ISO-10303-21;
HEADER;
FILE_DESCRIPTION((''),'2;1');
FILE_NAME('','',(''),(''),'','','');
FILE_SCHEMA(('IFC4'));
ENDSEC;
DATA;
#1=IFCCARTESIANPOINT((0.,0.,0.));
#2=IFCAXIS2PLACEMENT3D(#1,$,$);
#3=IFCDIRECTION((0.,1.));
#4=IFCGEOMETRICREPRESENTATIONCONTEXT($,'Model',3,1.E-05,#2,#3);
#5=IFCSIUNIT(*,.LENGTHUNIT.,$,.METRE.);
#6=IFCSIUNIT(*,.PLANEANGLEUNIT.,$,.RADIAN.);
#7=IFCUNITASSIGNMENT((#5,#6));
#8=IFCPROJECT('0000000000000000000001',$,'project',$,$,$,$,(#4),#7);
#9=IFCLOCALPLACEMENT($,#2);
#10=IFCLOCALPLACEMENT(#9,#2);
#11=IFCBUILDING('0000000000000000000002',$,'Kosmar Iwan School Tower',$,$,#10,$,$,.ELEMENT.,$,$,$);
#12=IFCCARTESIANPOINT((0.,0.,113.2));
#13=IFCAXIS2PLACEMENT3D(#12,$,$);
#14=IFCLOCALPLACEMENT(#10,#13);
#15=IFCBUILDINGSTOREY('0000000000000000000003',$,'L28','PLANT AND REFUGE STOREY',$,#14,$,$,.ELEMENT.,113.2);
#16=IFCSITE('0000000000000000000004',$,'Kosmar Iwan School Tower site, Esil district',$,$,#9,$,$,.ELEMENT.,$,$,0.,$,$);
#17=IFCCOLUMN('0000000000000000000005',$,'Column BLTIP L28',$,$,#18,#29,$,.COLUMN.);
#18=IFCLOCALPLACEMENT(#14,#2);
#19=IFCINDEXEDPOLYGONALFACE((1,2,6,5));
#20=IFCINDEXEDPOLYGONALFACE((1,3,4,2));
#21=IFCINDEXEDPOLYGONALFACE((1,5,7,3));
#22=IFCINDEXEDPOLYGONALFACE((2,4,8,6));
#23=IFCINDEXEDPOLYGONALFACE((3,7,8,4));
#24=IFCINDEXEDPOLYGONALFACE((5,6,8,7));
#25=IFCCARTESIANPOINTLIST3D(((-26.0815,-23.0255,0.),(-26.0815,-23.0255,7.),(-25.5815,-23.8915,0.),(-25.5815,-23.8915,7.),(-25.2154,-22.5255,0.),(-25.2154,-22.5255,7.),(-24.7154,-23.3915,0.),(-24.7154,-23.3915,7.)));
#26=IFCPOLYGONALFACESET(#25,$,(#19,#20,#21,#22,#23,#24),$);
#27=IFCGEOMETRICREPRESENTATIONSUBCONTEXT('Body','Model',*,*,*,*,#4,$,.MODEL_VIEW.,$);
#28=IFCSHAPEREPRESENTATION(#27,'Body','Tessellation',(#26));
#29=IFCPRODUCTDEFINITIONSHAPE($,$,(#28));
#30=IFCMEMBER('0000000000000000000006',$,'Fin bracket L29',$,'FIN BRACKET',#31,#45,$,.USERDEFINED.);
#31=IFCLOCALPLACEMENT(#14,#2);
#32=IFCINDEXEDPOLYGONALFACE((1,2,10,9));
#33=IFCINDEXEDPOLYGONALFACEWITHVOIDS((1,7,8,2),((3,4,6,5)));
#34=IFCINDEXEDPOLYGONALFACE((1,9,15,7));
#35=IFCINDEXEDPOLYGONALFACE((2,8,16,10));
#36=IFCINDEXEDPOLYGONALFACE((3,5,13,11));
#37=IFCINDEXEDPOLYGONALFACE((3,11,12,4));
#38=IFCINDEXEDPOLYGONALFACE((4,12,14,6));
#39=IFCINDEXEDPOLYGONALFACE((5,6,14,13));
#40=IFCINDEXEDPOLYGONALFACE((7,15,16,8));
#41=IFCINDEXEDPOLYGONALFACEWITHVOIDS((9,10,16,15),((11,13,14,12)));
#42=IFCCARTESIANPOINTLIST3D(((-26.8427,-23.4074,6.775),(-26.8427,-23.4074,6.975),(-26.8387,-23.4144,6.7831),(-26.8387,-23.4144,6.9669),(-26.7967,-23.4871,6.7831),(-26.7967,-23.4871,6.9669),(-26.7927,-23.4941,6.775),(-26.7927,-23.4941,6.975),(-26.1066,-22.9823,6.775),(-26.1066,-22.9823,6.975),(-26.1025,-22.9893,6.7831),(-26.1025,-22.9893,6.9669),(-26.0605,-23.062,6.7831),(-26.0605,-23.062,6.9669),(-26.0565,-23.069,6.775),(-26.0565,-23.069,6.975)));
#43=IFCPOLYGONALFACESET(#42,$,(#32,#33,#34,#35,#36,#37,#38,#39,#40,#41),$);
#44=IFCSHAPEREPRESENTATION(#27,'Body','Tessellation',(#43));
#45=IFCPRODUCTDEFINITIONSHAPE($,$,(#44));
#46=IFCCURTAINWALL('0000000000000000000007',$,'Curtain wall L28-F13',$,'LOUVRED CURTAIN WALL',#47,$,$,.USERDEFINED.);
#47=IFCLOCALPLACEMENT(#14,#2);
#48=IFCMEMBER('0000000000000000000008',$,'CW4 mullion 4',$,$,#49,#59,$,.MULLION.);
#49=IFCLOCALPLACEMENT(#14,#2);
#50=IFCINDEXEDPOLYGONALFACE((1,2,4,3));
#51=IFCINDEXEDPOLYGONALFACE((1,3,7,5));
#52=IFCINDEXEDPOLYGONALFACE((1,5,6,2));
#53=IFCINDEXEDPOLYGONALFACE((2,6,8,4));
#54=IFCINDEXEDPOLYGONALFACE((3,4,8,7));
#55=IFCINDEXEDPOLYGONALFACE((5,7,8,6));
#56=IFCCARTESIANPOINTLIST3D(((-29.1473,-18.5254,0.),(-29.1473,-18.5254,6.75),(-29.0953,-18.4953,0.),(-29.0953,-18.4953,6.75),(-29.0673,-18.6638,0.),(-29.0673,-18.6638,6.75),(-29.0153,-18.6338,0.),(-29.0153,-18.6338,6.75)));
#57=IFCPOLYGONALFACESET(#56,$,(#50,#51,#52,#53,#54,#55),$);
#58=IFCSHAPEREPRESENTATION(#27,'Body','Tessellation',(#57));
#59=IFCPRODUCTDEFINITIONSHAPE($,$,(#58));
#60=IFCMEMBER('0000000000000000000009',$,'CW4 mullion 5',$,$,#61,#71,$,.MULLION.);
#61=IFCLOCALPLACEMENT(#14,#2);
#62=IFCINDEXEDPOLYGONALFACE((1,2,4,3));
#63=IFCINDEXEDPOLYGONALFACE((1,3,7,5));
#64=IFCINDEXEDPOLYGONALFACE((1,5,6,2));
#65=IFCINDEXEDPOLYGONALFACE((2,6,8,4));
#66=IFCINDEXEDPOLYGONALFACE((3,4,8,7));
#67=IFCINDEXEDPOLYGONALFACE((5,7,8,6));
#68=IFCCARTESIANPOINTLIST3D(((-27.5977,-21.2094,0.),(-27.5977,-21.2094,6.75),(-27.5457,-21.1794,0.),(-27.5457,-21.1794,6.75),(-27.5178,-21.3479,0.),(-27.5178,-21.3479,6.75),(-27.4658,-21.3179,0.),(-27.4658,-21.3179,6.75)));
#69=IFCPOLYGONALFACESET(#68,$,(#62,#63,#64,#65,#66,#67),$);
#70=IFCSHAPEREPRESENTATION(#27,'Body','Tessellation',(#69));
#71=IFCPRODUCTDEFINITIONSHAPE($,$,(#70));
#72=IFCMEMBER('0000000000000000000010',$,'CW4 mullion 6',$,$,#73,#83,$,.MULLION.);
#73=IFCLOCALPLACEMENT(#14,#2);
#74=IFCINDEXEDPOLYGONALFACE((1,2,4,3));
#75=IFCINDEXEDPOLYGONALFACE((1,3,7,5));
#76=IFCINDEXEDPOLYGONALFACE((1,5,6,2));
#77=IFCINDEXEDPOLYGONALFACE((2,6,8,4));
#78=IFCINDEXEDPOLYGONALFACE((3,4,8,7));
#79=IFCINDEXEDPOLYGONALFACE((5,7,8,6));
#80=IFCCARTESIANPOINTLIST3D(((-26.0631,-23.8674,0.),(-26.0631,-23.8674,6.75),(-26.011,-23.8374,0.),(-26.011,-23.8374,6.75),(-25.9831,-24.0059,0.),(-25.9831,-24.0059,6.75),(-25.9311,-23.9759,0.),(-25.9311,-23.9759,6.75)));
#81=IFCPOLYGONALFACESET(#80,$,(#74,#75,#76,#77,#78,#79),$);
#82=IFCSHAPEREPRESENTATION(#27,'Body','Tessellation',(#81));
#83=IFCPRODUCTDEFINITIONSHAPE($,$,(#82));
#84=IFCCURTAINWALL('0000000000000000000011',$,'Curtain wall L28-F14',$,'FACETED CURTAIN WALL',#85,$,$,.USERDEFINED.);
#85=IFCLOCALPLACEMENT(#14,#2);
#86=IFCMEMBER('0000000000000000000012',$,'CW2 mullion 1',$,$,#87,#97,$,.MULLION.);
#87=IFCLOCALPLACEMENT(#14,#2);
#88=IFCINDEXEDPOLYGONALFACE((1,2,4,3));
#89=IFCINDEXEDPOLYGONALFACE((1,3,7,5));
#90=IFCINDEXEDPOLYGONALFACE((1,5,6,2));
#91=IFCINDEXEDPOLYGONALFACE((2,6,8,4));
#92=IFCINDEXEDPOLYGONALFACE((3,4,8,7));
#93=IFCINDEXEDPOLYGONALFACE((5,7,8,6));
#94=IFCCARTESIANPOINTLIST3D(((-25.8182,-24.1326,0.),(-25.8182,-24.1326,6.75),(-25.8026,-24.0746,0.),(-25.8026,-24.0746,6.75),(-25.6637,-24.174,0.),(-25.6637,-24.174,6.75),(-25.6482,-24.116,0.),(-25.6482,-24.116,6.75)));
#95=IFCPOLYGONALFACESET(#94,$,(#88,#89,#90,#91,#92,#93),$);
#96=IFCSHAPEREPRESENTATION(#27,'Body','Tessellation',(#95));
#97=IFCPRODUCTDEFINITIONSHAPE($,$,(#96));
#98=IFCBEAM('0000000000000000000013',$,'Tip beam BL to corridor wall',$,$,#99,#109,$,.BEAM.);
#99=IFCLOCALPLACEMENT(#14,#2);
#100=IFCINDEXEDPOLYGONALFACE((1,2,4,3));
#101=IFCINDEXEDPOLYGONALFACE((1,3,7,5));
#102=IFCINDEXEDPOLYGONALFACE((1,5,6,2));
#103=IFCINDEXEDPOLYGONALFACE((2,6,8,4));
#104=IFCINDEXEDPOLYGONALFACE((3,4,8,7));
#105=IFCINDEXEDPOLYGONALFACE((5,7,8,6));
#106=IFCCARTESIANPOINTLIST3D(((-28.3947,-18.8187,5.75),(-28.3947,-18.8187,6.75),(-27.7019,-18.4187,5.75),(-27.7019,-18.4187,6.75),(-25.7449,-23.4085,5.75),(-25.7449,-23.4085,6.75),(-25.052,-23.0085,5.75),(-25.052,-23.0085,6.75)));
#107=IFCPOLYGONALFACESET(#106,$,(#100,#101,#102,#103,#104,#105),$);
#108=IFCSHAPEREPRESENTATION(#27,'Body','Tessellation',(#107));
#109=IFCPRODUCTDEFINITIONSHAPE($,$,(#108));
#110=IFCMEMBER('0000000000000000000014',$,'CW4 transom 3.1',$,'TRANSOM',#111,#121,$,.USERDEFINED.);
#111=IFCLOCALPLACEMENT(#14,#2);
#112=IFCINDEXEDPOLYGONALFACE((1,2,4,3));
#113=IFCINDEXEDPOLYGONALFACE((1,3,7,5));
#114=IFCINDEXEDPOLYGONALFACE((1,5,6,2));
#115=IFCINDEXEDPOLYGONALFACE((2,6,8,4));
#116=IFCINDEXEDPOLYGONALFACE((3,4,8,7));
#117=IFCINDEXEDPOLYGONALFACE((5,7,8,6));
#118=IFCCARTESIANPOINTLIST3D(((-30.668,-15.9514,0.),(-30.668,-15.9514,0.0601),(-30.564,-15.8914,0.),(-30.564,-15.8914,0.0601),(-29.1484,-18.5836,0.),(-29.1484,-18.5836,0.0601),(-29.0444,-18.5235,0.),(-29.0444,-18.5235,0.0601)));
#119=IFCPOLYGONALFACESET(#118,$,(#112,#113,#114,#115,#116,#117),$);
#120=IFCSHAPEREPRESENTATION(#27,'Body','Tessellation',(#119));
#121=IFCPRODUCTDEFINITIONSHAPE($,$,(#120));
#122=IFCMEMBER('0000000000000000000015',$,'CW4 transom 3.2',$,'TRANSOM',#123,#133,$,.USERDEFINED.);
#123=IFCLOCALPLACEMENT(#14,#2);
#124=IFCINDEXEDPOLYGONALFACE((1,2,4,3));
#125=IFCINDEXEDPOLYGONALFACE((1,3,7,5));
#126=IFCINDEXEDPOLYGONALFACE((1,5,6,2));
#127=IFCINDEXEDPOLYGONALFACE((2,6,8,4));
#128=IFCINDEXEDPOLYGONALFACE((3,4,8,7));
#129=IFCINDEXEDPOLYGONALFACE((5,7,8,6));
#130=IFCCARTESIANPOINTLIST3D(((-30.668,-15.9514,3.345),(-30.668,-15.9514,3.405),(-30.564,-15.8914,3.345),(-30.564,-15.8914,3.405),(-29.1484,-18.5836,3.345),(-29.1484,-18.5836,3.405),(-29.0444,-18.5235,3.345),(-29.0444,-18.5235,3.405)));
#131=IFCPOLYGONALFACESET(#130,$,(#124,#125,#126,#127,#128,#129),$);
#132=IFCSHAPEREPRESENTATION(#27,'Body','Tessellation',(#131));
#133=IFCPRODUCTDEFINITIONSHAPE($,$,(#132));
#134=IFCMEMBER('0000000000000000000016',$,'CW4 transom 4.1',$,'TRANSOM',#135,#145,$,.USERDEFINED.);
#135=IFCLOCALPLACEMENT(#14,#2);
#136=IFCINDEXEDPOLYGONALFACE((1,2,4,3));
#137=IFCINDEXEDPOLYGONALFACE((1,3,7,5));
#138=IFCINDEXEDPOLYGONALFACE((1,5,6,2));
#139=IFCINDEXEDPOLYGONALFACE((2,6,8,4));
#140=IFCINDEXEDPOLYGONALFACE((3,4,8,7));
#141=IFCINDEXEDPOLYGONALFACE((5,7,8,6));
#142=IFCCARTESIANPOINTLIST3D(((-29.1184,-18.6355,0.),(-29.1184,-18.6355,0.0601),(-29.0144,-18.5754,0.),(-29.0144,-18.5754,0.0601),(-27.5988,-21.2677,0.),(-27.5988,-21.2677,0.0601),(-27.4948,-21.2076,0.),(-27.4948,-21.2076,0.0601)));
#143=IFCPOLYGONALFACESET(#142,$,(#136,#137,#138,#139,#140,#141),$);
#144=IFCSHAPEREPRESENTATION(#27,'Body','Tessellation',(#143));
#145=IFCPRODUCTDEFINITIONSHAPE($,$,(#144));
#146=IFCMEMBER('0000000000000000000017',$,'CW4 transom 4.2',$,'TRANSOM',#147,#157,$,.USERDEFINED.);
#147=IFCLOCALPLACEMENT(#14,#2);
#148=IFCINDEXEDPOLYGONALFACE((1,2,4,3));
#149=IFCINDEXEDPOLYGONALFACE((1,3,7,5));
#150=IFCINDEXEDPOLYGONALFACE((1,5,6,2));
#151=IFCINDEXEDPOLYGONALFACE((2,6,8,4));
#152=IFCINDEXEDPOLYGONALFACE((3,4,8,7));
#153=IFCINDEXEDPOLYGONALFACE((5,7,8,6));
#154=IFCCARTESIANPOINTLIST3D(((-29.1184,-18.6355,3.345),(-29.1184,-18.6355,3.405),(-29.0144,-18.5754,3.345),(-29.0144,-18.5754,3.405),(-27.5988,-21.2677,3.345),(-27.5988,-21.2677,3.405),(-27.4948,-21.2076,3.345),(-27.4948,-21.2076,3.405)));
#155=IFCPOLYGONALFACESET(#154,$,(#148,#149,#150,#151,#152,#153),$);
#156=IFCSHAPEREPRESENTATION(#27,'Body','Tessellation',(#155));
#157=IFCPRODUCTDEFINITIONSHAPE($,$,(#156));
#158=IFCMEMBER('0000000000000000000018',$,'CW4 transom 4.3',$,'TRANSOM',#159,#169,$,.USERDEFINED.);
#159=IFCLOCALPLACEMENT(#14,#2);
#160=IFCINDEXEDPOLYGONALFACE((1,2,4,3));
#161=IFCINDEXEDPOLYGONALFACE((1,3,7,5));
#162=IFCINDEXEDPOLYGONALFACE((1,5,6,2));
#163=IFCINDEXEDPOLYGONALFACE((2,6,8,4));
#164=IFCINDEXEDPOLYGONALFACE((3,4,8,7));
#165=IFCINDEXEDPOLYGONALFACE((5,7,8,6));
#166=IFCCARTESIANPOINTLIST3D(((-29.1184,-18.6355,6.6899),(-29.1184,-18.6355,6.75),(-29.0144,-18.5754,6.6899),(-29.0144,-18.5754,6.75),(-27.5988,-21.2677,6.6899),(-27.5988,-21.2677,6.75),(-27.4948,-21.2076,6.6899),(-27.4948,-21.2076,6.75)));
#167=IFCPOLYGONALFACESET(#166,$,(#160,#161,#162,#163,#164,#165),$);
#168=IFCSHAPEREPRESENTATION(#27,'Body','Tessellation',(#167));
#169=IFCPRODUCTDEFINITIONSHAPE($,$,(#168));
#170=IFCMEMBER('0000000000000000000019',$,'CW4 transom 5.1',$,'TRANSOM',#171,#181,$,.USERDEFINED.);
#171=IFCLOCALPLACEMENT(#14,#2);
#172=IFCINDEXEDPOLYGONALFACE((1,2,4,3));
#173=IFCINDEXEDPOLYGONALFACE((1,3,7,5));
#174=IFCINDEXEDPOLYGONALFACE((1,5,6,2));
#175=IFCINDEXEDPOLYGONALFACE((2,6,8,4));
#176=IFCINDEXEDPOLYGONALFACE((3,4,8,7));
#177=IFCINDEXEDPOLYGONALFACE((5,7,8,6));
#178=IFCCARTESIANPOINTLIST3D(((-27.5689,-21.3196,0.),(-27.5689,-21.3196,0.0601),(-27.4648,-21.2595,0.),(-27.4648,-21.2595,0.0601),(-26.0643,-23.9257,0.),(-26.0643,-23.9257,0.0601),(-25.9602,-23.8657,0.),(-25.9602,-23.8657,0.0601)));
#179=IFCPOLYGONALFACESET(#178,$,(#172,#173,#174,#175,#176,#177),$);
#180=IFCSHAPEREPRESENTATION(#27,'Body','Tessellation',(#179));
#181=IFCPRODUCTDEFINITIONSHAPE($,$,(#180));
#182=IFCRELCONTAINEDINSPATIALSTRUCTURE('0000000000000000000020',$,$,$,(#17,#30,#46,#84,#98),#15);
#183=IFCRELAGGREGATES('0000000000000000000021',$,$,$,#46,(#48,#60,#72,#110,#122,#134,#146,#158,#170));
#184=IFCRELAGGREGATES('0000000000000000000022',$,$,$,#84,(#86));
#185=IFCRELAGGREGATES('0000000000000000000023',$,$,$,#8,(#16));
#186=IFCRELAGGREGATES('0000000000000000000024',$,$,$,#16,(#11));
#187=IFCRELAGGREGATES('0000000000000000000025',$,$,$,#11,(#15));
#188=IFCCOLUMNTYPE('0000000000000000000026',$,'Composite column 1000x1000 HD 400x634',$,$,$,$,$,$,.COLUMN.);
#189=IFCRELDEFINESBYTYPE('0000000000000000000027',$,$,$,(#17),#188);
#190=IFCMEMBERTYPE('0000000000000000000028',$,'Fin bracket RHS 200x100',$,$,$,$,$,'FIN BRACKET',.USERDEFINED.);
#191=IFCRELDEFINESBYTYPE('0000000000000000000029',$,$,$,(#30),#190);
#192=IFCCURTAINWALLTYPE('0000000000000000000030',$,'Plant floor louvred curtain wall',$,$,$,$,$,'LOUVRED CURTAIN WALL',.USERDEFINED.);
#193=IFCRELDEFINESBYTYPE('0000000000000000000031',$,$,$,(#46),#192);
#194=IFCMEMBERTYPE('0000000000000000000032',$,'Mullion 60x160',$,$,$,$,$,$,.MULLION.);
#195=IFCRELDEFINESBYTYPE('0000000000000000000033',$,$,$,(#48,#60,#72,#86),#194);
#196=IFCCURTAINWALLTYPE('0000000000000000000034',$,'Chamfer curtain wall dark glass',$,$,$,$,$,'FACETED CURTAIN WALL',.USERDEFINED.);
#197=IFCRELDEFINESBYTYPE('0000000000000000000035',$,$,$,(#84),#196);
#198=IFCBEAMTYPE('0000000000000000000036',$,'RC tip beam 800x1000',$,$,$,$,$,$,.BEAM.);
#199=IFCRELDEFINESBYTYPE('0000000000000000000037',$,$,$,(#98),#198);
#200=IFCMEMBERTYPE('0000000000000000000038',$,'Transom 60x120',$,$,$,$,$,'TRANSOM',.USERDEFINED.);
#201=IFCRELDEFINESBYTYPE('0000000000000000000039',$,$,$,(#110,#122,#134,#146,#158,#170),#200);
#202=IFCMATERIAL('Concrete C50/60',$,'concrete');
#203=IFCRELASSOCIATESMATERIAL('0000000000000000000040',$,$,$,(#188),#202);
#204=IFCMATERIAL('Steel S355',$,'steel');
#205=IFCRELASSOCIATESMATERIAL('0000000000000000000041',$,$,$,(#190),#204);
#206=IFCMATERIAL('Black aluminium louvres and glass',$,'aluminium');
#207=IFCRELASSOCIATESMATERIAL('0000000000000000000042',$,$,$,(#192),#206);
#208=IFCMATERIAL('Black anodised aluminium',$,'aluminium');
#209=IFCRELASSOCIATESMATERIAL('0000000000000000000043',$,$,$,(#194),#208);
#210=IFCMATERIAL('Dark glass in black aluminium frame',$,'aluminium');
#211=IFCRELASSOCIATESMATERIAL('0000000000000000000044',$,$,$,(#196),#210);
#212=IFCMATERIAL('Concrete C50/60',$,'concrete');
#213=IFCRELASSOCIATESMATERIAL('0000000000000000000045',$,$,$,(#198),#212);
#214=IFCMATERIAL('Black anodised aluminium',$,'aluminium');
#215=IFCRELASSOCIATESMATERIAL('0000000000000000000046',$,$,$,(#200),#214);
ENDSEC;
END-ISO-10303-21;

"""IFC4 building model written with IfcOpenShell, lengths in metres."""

from ifc_helpers import new_model, si_unit, direction, frame, origin, origin_2d, place, context, subcontext, project, spatial, rectangle, hollow_rectangle, extrude, material, material_profile, profile_set, type_object, element, aggregate, save


model = new_model("IFC4")

# Units and contexts
model_context = context("Model", 3, precision=1e-05, world=origin(), true_north=direction((0.0, 1.0)))
body_context = subcontext(model_context, "Body", "Model", "MODEL_VIEW")
ifc_project = project(units=[si_unit("LENGTHUNIT", "METRE"), si_unit("PLANEANGLEUNIT", "RADIAN")], contexts=[model_context])

# Site, building, storey
site_placement = place(None, origin())
site = spatial("IfcSite", under=ifc_project, at=site_placement, Name="Kosmar Iwan School Tower site, Esil district", CompositionType="ELEMENT", RefElevation=0.0)
building_placement = place(site_placement, origin())
building = spatial("IfcBuilding", under=site, at=building_placement, Name="Kosmar Iwan School Tower", CompositionType="ELEMENT")
storey_placement = place(building_placement, frame((0.0, 0.0, 113.2)))
storey = spatial("IfcBuildingStorey", under=building, at=storey_placement, Name="L28", Description="PLANT AND REFUGE STOREY", CompositionType="ELEMENT", Elevation=113.2)

# Column
ifc_material_1 = material(Name="Concrete C50/60", Category="concrete")
ifc_material_profile_1 = material_profile(ifc_material_1, rectangle(XDim=1.0, YDim=1.0, at=origin_2d()), Name="RC 1000x1000 + HD 400x634")
ifc_profile_set_1 = profile_set([ifc_material_profile_1], Name="Concrete C50/60")
column_type = type_object("IfcColumnType", Name="Composite column 1000x1000 HD 400x634", PredefinedType="COLUMN", material=ifc_profile_set_1)
column_placement = place(storey_placement, frame((-25.3984, -23.2085, 0.0), z_axis=(0.0, 0.0, 1.0), x_axis=(-0.866025, -0.5, 0.0)))
element("IfcColumn", 1, at=column_placement, inside=storey, type_object=column_type, Name="Column BLTIP L28", PredefinedType="COLUMN", context=body_context, shape_type="SweptSolid", body=[
    extrude(rectangle(XDim=1.0, YDim=1.0, at=origin_2d()), origin(), (0.0, 0.0, 1.0), 7.0),
])

# Member
ifc_material_2 = material(Name="Steel S355", Category="steel")
ifc_material_profile_2 = material_profile(ifc_material_2, hollow_rectangle(XDim=0.1001, YDim=0.2, WallThickness=0.0081, at=origin_2d()), Name="RHS 200x100x8")
ifc_profile_set_2 = profile_set([ifc_material_profile_2], Name="Steel S355")
member_type_1 = type_object("IfcMemberType", Name="Fin bracket RHS 200x100", ElementType="FIN BRACKET", PredefinedType="USERDEFINED", material=ifc_profile_set_2)
member_1_placement = place(storey_placement, frame((-26.0815, -23.0256, 6.875), z_axis=(-0.865989, -0.500062, 0.0), x_axis=(0.500062, -0.865989, 0.0)))
element("IfcMember", 2, at=member_1_placement, inside=storey, type_object=member_type_1, Name="Fin bracket L29", ObjectType="FIN BRACKET", PredefinedType="USERDEFINED", context=body_context, shape_type="SweptSolid", body=[
    extrude(hollow_rectangle(XDim=0.1001, YDim=0.2, WallThickness=0.0081, at=origin_2d()), origin(), (0.0, 0.0, 1.0), 0.8501),
])

# Curtain wall, members
ifc_material_3 = material(Name="Black aluminium louvres and glass", Category="aluminium")
curtain_wall_type_1 = type_object("IfcCurtainWallType", Name="Plant floor louvred curtain wall", ElementType="LOUVRED CURTAIN WALL", PredefinedType="USERDEFINED", material=ifc_material_3)
curtain_wall_1_placement = place(storey_placement, origin())
curtain_wall_1 = element("IfcCurtainWall", 3, at=curtain_wall_1_placement, inside=storey, type_object=curtain_wall_type_1, Name="Curtain wall L28-F13", ObjectType="LOUVRED CURTAIN WALL", PredefinedType="USERDEFINED")
ifc_material_4 = material(Name="Black anodised aluminium", Category="aluminium")
ifc_material_profile_3 = material_profile(ifc_material_4, rectangle(XDim=0.0601, YDim=0.1599, at=origin_2d()), Name="MULLION 60x160")
ifc_profile_set_3 = profile_set([ifc_material_profile_3], Name="Black anodised aluminium")
member_type_2 = type_object("IfcMemberType", Name="Mullion 60x160", PredefinedType="MULLION", material=ifc_profile_set_3)
member_2_placement = place(storey_placement, frame((-29.0813, -18.5796, 0.0), z_axis=(0.0, 0.0, 1.0), x_axis=(0.866025, 0.5, 0.0)))
member_2 = element("IfcMember", 4, at=member_2_placement, type_object=member_type_2, Name="CW4 mullion 4", PredefinedType="MULLION", context=body_context, shape_type="SweptSolid", body=[
    extrude(rectangle(XDim=0.0601, YDim=0.1599, at=origin_2d()), origin(), (0.0, 0.0, 1.0), 6.75),
])
member_3_placement = place(storey_placement, frame((-27.5317, -21.2637, 0.0), z_axis=(0.0, 0.0, 1.0), x_axis=(0.866025, 0.5, 0.0)))
member_3 = element("IfcMember", 5, at=member_3_placement, type_object=member_type_2, Name="CW4 mullion 5", PredefinedType="MULLION", context=body_context, shape_type="SweptSolid", body=[
    extrude(rectangle(XDim=0.0601, YDim=0.1599, at=origin_2d()), origin(), (0.0, 0.0, 1.0), 6.75),
])
member_4_placement = place(storey_placement, frame((-25.9971, -23.9216, 0.0), z_axis=(0.0, 0.0, 1.0), x_axis=(0.866025, 0.5, 0.0)))
member_4 = element("IfcMember", 6, at=member_4_placement, type_object=member_type_2, Name="CW4 mullion 6", PredefinedType="MULLION", context=body_context, shape_type="SweptSolid", body=[
    extrude(rectangle(XDim=0.0601, YDim=0.1599, at=origin_2d()), origin(), (0.0, 0.0, 1.0), 6.75),
])

# Curtain wall, member
ifc_material_5 = material(Name="Dark glass in black aluminium frame", Category="aluminium")
curtain_wall_type_2 = type_object("IfcCurtainWallType", Name="Chamfer curtain wall dark glass", ElementType="FACETED CURTAIN WALL", PredefinedType="USERDEFINED", material=ifc_material_5)
curtain_wall_2_placement = place(storey_placement, origin())
curtain_wall_2 = element("IfcCurtainWall", 7, at=curtain_wall_2_placement, inside=storey, type_object=curtain_wall_type_2, Name="Curtain wall L28-F14", ObjectType="FACETED CURTAIN WALL", PredefinedType="USERDEFINED")
member_5_placement = place(storey_placement, frame((-25.7332, -24.1243, 0.0), z_axis=(0.0, 0.0, 1.0), x_axis=(0.258819, 0.965926, 0.0)))
member_5 = element("IfcMember", 8, at=member_5_placement, type_object=member_type_2, Name="CW2 mullion 1", PredefinedType="MULLION", context=body_context, shape_type="SweptSolid", body=[
    extrude(rectangle(XDim=0.0601, YDim=0.1599, at=origin_2d()), origin(), (0.0, 0.0, 1.0), 6.75),
])

# Beam
ifc_material_6 = material(Name="Concrete C50/60", Category="concrete")
ifc_material_profile_4 = material_profile(ifc_material_6, rectangle(XDim=0.8, YDim=1.0, at=origin_2d()), Name="RC 800x1000")
ifc_profile_set_4 = profile_set([ifc_material_profile_4], Name="Concrete C50/60")
beam_type = type_object("IfcBeamType", Name="RC tip beam 800x1000", PredefinedType="BEAM", material=ifc_profile_set_4)
beam_placement = place(storey_placement, frame((-25.3984, -23.2085, 6.25), z_axis=(-0.499994, 0.866029, 0.0), x_axis=(-0.866029, -0.499994, 0.0)))
element("IfcBeam", 9, at=beam_placement, inside=storey, type_object=beam_type, Name="Tip beam BL to corridor wall", PredefinedType="BEAM", context=body_context, shape_type="SweptSolid", body=[
    extrude(rectangle(XDim=0.8, YDim=1.0, at=origin_2d()), origin(), (0.0, 0.0, 1.0), 5.2998),
])

# Members
ifc_material_7 = material(Name="Black anodised aluminium", Category="aluminium")
ifc_material_profile_5 = material_profile(ifc_material_7, rectangle(XDim=0.1201, YDim=0.0601, at=origin_2d()), Name="TRANSOM 60x120")
ifc_profile_set_5 = profile_set([ifc_material_profile_5], Name="Black anodised aluminium")
member_type_3 = type_object("IfcMemberType", Name="Transom 60x120", ElementType="TRANSOM", PredefinedType="USERDEFINED", material=ifc_profile_set_5)
member_6_placement = place(storey_placement, frame((-30.616, -15.9214, 0.03), z_axis=(0.499975, -0.86604, 0.0), x_axis=(0.86604, 0.499975, 0.0)))
member_6 = element("IfcMember", 10, at=member_6_placement, type_object=member_type_3, Name="CW4 transom 3.1", ObjectType="TRANSOM", PredefinedType="USERDEFINED", context=body_context, shape_type="SweptSolid", body=[
    extrude(rectangle(XDim=0.1201, YDim=0.0601, at=origin_2d()), origin(), (0.0, 0.0, 1.0), 3.0393),
])
member_7_placement = place(storey_placement, frame((-30.616, -15.9214, 3.375), z_axis=(0.499975, -0.86604, 0.0), x_axis=(0.86604, 0.499975, 0.0)))
member_7 = element("IfcMember", 11, at=member_7_placement, type_object=member_type_3, Name="CW4 transom 3.2", ObjectType="TRANSOM", PredefinedType="USERDEFINED", context=body_context, shape_type="SweptSolid", body=[
    extrude(rectangle(XDim=0.1201, YDim=0.0601, at=origin_2d()), origin(), (0.0, 0.0, 1.0), 3.0393),
])
member_8_placement = place(storey_placement, frame((-29.0664, -18.6055, 0.03), z_axis=(0.499975, -0.86604, 0.0), x_axis=(0.86604, 0.499975, 0.0)))
member_8 = element("IfcMember", 12, at=member_8_placement, type_object=member_type_3, Name="CW4 transom 4.1", ObjectType="TRANSOM", PredefinedType="USERDEFINED", context=body_context, shape_type="SweptSolid", body=[
    extrude(rectangle(XDim=0.1201, YDim=0.0601, at=origin_2d()), origin(), (0.0, 0.0, 1.0), 3.0393),
])
member_9_placement = place(storey_placement, frame((-29.0664, -18.6055, 3.375), z_axis=(0.499975, -0.86604, 0.0), x_axis=(0.86604, 0.499975, 0.0)))
member_9 = element("IfcMember", 13, at=member_9_placement, type_object=member_type_3, Name="CW4 transom 4.2", ObjectType="TRANSOM", PredefinedType="USERDEFINED", context=body_context, shape_type="SweptSolid", body=[
    extrude(rectangle(XDim=0.1201, YDim=0.0601, at=origin_2d()), origin(), (0.0, 0.0, 1.0), 3.0393),
])
member_10_placement = place(storey_placement, frame((-29.0664, -18.6055, 6.72), z_axis=(0.499975, -0.86604, 0.0), x_axis=(0.86604, 0.499975, 0.0)))
member_10 = element("IfcMember", 14, at=member_10_placement, type_object=member_type_3, Name="CW4 transom 4.3", ObjectType="TRANSOM", PredefinedType="USERDEFINED", context=body_context, shape_type="SweptSolid", body=[
    extrude(rectangle(XDim=0.1201, YDim=0.0601, at=origin_2d()), origin(), (0.0, 0.0, 1.0), 3.0393),
])
member_11_placement = place(storey_placement, frame((-27.5168, -21.2896, 0.03), z_axis=(0.499987, -0.866033, 0.0), x_axis=(0.866033, 0.499987, 0.0)))
member_11 = element("IfcMember", 15, at=member_11_placement, type_object=member_type_3, Name="CW4 transom 5.1", ObjectType="TRANSOM", PredefinedType="USERDEFINED", context=body_context, shape_type="SweptSolid", body=[
    extrude(rectangle(XDim=0.1201, YDim=0.0601, at=origin_2d()), origin(), (0.0, 0.0, 1.0), 3.0093),
])

aggregate(curtain_wall_1, [member_2, member_3, member_4, member_6, member_7, member_8, member_9, member_10, member_11])
aggregate(curtain_wall_2, [member_5])

save(model, "model.ifc")
